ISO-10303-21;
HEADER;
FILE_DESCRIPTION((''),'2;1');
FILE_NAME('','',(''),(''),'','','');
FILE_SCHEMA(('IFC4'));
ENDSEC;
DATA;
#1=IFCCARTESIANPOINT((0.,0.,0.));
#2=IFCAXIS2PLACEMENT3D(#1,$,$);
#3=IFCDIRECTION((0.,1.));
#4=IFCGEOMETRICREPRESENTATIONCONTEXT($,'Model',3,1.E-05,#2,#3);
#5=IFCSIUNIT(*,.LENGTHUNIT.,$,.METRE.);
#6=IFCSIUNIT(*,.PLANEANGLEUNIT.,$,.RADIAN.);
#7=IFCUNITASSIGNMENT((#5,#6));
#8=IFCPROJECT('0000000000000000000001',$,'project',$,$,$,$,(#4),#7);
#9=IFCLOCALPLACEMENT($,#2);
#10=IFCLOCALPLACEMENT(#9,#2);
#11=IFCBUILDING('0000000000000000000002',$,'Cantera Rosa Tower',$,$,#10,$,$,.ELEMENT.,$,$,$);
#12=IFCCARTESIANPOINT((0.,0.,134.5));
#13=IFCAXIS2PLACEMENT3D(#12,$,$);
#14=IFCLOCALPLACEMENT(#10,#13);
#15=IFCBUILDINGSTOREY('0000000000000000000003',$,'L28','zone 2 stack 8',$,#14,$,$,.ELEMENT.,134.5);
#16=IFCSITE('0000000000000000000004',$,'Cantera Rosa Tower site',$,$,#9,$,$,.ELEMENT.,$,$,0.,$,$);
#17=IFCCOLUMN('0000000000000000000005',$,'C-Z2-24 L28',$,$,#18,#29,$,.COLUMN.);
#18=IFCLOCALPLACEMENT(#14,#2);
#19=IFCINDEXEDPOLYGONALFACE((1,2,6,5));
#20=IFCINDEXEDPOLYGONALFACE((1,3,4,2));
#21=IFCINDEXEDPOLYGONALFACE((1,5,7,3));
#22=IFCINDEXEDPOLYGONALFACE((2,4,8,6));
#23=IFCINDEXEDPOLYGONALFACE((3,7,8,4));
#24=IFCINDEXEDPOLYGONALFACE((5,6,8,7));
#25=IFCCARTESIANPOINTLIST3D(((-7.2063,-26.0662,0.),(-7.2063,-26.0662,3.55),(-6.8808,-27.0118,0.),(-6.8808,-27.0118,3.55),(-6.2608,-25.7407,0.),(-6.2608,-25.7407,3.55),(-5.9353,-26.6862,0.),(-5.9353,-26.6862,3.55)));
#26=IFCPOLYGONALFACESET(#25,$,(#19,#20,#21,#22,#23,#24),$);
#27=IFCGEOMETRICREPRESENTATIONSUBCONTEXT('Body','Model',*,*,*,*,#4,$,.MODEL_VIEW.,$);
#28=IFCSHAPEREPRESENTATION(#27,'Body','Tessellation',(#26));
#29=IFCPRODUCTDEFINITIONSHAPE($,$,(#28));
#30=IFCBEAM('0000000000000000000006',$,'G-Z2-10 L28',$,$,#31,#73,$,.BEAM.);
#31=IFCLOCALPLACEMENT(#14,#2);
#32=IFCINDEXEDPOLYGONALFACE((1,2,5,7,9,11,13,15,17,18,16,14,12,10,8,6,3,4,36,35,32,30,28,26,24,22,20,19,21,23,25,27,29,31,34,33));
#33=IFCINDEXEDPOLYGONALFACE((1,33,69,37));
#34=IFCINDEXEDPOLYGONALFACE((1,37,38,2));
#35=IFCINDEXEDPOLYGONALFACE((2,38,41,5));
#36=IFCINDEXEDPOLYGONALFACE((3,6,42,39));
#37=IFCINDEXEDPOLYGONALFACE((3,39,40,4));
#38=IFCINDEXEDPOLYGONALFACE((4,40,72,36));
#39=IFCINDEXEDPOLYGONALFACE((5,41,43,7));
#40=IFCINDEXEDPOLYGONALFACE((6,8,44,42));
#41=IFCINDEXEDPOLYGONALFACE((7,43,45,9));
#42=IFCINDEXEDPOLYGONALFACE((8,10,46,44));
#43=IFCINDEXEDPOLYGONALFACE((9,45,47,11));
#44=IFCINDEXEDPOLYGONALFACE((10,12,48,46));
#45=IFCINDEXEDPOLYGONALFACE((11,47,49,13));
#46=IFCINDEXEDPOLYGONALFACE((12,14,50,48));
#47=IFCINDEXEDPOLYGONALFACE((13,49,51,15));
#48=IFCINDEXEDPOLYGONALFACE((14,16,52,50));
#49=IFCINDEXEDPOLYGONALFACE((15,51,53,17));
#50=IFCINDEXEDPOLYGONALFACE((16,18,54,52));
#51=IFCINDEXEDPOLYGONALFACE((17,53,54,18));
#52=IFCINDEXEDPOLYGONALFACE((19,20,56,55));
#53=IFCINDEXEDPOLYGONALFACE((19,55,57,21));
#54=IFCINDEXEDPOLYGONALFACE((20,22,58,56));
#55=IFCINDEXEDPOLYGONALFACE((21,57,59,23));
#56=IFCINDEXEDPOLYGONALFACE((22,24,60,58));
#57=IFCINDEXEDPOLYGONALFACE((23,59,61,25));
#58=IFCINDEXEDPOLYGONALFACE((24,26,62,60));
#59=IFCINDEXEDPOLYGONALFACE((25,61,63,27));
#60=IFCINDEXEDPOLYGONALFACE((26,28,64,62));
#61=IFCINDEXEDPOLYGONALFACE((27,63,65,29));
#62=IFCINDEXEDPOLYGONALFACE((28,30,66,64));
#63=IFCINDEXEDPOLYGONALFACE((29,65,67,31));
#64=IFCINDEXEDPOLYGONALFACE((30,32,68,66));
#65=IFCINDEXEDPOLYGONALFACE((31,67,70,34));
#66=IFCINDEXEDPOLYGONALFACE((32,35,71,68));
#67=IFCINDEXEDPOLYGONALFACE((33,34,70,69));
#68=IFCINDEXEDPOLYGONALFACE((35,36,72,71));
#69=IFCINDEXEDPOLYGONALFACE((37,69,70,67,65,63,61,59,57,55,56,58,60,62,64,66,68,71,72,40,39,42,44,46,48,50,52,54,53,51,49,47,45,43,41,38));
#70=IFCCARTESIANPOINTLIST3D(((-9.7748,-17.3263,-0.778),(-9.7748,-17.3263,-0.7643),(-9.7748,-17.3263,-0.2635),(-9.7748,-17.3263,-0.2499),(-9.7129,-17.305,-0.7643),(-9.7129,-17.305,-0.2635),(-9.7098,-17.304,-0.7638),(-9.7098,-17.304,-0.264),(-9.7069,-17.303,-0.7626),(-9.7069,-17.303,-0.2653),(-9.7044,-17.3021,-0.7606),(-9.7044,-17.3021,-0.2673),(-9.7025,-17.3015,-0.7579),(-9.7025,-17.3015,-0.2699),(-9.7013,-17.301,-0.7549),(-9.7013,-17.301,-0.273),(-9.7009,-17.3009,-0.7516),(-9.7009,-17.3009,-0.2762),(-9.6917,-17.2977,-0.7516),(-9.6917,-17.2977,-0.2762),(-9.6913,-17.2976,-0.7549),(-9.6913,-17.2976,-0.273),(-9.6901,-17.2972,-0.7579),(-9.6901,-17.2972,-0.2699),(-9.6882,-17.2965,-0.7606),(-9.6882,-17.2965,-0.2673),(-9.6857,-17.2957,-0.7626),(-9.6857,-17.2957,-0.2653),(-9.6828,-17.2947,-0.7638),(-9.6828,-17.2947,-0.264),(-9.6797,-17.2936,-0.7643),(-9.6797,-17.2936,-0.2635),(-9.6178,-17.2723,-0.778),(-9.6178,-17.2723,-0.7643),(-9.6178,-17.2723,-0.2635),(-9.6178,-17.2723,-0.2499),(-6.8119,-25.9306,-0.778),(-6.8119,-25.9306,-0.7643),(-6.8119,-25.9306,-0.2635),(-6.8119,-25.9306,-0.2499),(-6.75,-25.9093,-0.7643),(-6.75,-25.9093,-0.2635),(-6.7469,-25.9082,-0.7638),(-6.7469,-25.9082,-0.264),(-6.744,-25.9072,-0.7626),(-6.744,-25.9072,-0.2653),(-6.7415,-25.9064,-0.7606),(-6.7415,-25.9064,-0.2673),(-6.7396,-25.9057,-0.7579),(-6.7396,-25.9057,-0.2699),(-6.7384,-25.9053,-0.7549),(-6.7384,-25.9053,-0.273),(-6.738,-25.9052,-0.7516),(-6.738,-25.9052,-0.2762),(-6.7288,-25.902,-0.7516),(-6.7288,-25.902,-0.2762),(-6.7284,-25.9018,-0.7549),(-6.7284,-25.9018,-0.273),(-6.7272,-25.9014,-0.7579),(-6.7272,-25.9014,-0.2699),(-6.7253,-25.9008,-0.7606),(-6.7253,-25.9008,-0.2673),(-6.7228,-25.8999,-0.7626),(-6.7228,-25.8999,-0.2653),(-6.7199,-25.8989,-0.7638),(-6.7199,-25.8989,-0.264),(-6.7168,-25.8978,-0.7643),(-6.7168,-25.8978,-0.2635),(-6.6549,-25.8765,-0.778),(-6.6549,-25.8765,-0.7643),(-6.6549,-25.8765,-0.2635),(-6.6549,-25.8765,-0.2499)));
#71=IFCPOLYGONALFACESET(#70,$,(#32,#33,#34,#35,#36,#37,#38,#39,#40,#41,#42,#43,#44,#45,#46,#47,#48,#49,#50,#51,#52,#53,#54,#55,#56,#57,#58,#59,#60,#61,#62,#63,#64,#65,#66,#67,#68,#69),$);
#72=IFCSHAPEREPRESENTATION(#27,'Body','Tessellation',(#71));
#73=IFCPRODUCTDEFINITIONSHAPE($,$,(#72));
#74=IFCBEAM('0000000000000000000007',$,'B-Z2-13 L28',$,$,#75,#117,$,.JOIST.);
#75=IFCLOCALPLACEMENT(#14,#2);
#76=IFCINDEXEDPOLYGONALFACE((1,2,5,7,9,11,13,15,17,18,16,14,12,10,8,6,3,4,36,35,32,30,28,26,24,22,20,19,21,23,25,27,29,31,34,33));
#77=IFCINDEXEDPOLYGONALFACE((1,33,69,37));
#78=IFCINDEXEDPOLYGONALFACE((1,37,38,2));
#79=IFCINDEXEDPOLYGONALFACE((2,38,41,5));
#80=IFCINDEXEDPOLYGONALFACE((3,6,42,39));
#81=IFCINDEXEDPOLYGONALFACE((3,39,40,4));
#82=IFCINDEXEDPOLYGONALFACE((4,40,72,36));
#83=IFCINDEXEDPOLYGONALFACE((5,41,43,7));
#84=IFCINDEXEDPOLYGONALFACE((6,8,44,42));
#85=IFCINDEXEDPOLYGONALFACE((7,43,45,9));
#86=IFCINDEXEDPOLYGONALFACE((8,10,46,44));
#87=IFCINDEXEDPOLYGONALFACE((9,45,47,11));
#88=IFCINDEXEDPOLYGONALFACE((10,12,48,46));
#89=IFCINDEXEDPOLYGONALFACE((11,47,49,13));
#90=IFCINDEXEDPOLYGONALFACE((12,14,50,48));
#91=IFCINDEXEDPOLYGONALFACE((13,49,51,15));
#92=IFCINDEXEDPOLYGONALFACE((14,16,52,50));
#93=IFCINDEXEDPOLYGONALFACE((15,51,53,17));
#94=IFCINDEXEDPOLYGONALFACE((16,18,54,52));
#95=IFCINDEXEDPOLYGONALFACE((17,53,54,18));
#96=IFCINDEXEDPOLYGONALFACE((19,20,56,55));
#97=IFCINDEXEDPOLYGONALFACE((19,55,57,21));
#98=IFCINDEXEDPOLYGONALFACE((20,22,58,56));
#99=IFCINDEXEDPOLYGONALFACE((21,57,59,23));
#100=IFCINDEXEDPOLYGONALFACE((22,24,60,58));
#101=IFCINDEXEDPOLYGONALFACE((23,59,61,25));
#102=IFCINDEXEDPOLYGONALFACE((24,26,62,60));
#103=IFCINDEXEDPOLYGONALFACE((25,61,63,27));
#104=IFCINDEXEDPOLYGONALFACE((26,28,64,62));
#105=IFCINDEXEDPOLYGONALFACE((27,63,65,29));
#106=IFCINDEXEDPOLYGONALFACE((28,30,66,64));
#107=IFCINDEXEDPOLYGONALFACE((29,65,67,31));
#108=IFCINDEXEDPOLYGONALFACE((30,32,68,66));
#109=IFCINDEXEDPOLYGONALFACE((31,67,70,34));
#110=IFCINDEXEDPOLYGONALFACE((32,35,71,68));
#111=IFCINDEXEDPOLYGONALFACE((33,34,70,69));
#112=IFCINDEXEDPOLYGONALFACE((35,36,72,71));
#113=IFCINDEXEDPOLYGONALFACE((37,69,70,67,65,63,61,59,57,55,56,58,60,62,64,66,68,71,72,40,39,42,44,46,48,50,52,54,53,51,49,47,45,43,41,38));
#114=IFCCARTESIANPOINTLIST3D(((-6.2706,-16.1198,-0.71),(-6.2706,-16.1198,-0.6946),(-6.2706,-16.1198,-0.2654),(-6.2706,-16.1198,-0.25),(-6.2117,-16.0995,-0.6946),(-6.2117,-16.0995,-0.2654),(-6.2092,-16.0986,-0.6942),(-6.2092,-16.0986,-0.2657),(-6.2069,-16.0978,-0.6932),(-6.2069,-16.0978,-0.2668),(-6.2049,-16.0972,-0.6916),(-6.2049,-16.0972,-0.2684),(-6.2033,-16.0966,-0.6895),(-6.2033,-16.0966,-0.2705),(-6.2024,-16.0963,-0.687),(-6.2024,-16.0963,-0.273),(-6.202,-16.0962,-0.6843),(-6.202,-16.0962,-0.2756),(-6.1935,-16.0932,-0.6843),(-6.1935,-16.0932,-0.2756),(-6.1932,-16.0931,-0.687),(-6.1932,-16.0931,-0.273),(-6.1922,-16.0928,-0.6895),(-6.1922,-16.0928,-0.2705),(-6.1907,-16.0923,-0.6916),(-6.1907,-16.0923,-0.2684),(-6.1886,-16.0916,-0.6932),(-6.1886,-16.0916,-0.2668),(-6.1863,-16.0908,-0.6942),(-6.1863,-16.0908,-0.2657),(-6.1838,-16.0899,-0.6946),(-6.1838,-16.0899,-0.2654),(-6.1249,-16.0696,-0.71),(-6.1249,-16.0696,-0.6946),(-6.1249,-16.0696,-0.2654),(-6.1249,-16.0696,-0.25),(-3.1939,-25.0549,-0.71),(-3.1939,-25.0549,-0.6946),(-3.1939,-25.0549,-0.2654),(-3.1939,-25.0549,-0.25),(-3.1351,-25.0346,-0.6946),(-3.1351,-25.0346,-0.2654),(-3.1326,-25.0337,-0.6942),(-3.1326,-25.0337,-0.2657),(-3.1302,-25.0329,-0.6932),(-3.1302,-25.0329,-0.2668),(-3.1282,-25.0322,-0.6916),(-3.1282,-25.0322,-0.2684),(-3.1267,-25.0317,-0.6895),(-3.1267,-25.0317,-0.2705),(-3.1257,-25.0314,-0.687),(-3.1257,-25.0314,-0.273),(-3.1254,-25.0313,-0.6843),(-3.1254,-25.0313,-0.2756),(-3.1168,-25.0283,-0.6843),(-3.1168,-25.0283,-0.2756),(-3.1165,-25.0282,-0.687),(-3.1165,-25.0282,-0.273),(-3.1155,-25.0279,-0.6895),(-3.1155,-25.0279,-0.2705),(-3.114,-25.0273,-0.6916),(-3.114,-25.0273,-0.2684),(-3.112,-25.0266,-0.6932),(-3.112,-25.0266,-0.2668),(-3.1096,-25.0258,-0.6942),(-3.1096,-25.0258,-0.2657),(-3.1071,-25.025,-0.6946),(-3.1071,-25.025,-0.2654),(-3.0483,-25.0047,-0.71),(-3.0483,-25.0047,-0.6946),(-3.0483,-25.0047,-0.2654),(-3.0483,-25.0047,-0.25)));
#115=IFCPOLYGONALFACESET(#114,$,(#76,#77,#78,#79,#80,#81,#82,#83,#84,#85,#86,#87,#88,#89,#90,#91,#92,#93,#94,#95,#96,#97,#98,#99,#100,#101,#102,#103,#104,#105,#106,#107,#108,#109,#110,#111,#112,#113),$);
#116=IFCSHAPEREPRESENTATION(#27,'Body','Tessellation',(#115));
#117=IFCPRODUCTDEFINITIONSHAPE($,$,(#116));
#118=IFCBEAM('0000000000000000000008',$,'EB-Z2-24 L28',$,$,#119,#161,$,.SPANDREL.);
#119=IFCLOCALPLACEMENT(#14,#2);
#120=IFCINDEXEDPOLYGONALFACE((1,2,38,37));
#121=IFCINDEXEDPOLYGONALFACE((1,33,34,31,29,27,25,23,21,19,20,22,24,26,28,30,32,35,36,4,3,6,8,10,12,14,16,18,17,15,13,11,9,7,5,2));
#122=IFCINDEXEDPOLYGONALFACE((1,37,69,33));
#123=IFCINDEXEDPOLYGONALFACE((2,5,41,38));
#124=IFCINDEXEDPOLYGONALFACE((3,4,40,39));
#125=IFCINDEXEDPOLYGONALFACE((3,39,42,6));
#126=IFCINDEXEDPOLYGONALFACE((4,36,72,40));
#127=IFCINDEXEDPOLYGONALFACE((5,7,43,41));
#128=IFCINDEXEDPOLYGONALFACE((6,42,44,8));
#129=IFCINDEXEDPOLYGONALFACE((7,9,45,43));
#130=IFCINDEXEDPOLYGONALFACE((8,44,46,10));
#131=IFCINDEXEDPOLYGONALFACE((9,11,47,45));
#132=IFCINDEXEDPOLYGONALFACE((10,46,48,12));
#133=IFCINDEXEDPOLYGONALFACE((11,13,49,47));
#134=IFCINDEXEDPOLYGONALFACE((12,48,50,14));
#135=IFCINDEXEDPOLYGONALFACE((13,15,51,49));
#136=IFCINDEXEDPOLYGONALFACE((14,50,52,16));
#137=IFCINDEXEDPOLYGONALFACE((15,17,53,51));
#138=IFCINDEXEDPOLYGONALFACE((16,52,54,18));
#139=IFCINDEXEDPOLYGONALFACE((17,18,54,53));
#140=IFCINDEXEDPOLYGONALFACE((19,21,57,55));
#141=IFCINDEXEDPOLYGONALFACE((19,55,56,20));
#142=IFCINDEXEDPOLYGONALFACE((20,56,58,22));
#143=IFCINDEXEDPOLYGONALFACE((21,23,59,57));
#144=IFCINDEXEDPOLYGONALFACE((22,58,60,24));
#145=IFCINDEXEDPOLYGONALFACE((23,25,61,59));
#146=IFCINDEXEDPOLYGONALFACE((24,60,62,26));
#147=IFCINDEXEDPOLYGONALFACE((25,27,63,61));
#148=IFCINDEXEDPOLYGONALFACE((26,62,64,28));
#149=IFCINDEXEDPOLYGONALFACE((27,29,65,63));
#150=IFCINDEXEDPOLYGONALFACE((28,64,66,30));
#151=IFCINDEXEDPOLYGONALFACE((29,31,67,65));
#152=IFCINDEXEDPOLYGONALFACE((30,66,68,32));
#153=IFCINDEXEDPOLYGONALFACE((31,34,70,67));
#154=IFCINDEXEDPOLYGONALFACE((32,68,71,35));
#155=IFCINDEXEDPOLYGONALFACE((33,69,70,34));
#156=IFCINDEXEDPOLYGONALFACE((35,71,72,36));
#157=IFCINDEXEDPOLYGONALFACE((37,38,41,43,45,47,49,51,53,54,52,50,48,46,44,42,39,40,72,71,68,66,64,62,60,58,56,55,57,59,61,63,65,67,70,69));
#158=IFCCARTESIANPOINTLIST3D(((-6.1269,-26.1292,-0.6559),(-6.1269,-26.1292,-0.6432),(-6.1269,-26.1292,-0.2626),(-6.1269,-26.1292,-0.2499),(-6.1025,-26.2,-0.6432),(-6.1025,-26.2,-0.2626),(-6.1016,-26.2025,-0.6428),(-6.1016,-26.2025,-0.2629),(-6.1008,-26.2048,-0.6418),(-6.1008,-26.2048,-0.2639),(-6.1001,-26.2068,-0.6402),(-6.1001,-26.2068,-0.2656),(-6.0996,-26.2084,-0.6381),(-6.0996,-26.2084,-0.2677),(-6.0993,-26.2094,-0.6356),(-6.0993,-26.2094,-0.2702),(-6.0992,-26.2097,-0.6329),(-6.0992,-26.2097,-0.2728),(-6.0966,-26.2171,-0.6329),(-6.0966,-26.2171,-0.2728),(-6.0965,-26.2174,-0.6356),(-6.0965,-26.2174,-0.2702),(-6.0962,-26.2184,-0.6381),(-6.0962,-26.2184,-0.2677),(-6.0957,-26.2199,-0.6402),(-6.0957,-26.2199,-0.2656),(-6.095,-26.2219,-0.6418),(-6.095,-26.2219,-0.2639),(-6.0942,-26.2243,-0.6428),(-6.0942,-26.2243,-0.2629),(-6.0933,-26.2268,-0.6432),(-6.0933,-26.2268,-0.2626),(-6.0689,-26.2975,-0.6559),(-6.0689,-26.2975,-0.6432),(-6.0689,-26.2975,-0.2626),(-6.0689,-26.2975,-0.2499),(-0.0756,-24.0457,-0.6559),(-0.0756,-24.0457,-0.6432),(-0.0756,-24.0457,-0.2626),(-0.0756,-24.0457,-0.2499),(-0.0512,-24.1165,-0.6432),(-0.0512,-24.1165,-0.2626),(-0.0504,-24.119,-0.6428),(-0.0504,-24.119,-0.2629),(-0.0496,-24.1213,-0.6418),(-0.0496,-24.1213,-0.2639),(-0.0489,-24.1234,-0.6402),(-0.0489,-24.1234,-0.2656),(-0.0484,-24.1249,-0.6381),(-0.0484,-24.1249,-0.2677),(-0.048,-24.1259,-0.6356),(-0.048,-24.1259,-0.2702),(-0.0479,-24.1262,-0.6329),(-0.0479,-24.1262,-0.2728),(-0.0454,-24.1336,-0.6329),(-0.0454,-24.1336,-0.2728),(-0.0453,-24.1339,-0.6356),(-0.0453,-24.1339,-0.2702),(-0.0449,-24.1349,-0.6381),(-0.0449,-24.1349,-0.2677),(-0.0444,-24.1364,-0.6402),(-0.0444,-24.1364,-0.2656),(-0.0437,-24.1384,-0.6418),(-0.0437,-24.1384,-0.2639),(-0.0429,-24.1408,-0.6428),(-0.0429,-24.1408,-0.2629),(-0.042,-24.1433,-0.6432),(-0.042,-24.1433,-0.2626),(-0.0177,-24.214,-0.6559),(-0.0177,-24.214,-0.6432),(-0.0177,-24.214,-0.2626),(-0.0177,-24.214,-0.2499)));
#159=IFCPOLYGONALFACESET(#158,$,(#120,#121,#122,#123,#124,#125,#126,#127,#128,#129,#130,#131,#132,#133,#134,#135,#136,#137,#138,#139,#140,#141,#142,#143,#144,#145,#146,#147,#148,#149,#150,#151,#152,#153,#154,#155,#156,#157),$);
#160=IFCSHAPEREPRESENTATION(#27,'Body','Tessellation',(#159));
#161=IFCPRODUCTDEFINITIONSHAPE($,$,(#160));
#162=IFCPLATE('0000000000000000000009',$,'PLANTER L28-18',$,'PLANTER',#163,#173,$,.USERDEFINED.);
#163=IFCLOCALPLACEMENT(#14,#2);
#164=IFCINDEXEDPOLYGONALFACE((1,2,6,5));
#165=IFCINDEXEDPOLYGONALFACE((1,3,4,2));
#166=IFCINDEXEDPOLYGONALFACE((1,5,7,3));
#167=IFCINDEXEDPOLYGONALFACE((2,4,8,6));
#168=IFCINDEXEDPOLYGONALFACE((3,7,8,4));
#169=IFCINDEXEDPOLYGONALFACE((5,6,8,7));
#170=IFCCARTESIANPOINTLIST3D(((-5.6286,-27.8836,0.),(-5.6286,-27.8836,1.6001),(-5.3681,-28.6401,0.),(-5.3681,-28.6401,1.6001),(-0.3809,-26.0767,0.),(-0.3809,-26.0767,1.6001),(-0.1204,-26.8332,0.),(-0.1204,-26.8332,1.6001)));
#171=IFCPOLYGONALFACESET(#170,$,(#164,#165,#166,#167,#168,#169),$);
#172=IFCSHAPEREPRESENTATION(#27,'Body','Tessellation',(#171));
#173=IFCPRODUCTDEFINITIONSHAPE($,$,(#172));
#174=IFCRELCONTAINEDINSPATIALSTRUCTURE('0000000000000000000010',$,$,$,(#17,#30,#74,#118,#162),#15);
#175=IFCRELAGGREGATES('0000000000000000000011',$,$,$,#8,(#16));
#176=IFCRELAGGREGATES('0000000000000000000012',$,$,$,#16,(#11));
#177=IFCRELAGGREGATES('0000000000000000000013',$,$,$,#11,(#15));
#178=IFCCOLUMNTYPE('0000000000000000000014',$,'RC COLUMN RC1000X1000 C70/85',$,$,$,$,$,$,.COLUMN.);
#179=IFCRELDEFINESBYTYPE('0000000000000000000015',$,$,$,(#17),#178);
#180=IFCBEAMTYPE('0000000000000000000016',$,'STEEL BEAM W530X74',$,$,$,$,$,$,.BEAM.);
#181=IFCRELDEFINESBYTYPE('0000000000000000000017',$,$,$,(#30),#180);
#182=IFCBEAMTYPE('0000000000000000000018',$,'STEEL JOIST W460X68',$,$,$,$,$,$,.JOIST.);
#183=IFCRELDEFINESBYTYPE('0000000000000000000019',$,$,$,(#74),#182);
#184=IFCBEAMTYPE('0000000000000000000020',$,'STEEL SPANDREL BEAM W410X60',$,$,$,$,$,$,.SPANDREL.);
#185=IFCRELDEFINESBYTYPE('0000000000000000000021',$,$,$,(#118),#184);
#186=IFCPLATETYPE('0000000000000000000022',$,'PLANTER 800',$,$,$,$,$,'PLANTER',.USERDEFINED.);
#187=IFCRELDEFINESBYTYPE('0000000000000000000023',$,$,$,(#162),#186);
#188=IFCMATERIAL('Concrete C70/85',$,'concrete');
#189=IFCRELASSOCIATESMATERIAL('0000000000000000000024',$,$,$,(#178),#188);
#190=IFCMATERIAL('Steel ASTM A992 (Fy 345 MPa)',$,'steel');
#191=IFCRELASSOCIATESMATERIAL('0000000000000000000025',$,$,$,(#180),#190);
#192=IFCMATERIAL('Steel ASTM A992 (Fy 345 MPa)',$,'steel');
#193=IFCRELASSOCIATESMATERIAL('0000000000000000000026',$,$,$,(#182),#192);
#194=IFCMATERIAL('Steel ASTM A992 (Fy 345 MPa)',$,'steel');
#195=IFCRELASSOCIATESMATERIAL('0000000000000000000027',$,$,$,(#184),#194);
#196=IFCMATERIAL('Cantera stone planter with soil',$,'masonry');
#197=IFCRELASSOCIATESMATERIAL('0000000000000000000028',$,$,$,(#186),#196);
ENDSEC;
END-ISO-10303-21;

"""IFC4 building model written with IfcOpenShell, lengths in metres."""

from ifc_helpers import new_model, si_unit, direction, frame, origin, origin_2d, place, context, subcontext, project, spatial, rectangle, i_section, extrude, material, material_profile, profile_set, type_object, element, save


model = new_model("IFC4")

# Units and contexts
model_context = context("Model", 3, precision=1e-05, world=origin(), true_north=direction((0.0, 1.0)))
body_context = subcontext(model_context, "Body", "Model", "MODEL_VIEW")
ifc_project = project(units=[si_unit("LENGTHUNIT", "METRE"), si_unit("PLANEANGLEUNIT", "RADIAN")], contexts=[model_context])

# Site, building, storey
site_placement = place(None, origin())
site = spatial("IfcSite", under=ifc_project, at=site_placement, Name="Cantera Rosa Tower site", CompositionType="ELEMENT", RefElevation=0.0)
building_placement = place(site_placement, origin())
building = spatial("IfcBuilding", under=site, at=building_placement, Name="Cantera Rosa Tower", CompositionType="ELEMENT")
storey_placement = place(building_placement, frame((0.0, 0.0, 134.5)))
storey = spatial("IfcBuildingStorey", under=building, at=storey_placement, Name="L28", Description="zone 2 stack 8", CompositionType="ELEMENT", Elevation=134.5)

# Column
ifc_material_1 = material(Name="Concrete C70/85", Category="concrete")
ifc_material_profile_1 = material_profile(ifc_material_1, rectangle(XDim=1.0, YDim=1.0, at=origin_2d()), Name="RC COLUMN RC1000X1000 C70/85")
ifc_profile_set_1 = profile_set([ifc_material_profile_1], Name="Concrete C70/85")
column_type = type_object("IfcColumnType", Name="RC COLUMN RC1000X1000 C70/85", PredefinedType="COLUMN", material=ifc_profile_set_1)
column_placement = place(storey_placement, frame((-6.5708, -26.3762, 0.0), z_axis=(0.0, 0.0, 1.0), x_axis=(0.945519, 0.325568, 0.0)))
element("IfcColumn", 1, at=column_placement, inside=storey, type_object=column_type, Name="C-Z2-24 L28", PredefinedType="COLUMN", context=body_context, shape_type="SweptSolid", body=[
    extrude(rectangle(XDim=1.0, YDim=1.0, at=origin_2d()), origin(), (0.0, 0.0, 1.0), 3.55),
])

# Beams
ifc_material_2 = material(Name="Steel ASTM A992 (Fy 345 MPa)", Category="steel")
ifc_material_profile_2 = material_profile(ifc_material_2, i_section(OverallWidth=0.166, OverallDepth=0.5281, WebThickness=0.0098, FlangeThickness=0.0137, FilletRadius=0.0127, at=origin_2d()), Name="W530X74")
ifc_profile_set_2 = profile_set([ifc_material_profile_2], Name="Steel ASTM A992 (Fy 345 MPa)")
beam_type_1 = type_object("IfcBeamType", Name="STEEL BEAM W530X74", PredefinedType="BEAM", material=ifc_profile_set_2)
beam_1_placement = place(storey_placement, frame((-6.7334, -25.9036, -0.5139), z_axis=(-0.325589, 0.945511, 0.0), x_axis=(-0.945511, -0.325589, 0.0)))
element("IfcBeam", 2, at=beam_1_placement, inside=storey, type_object=beam_type_1, Name="G-Z2-10 L28", PredefinedType="BEAM", context=body_context, shape_type="SweptSolid", body=[
    extrude(i_section(OverallWidth=0.166, OverallDepth=0.5281, WebThickness=0.0098, FlangeThickness=0.0137, FilletRadius=0.0127, at=origin_2d()), origin(), (0.0, 0.0, 1.0), 9.1001),
])
ifc_material_3 = material(Name="Steel ASTM A992 (Fy 345 MPa)", Category="steel")
ifc_material_profile_3 = material_profile(ifc_material_3, i_section(OverallWidth=0.1541, OverallDepth=0.46, WebThickness=0.009, FlangeThickness=0.0154, FilletRadius=0.0103, at=origin_2d()), Name="W460X68")
ifc_profile_set_3 = profile_set([ifc_material_profile_3], Name="Steel ASTM A992 (Fy 345 MPa)")
beam_type_2 = type_object("IfcBeamType", Name="STEEL JOIST W460X68", PredefinedType="JOIST", material=ifc_profile_set_3)
beam_2_placement = place(storey_placement, frame((-3.1211, -25.0298, -0.48), z_axis=(-0.325575, 0.945516, 0.0), x_axis=(-0.945516, -0.325575, 0.0)))
element("IfcBeam", 3, at=beam_2_placement, inside=storey, type_object=beam_type_2, Name="B-Z2-13 L28", PredefinedType="JOIST", context=body_context, shape_type="SweptSolid", body=[
    extrude(i_section(OverallWidth=0.1541, OverallDepth=0.46, WebThickness=0.009, FlangeThickness=0.0154, FilletRadius=0.0103, at=origin_2d()), origin(), (0.0, 0.0, 1.0), 9.45),
])
ifc_material_4 = material(Name="Steel ASTM A992 (Fy 345 MPa)", Category="steel")
ifc_material_profile_4 = material_profile(ifc_material_4, i_section(OverallWidth=0.178, OverallDepth=0.406, WebThickness=0.0078, FlangeThickness=0.0127, FilletRadius=0.0103, at=origin_2d()), Name="W410X60")
ifc_profile_set_4 = profile_set([ifc_material_profile_4], Name="Steel ASTM A992 (Fy 345 MPa)")
beam_type_3 = type_object("IfcBeamType", Name="STEEL SPANDREL BEAM W410X60", PredefinedType="SPANDREL", material=ifc_profile_set_4)
beam_3_placement = place(storey_placement, frame((-6.0979, -26.2134, -0.4529), z_axis=(0.945524, 0.325551, 0.0), x_axis=(-0.325551, 0.945524, 0.0)))
element("IfcBeam", 4, at=beam_3_placement, inside=storey, type_object=beam_type_3, Name="EB-Z2-24 L28", PredefinedType="SPANDREL", context=body_context, shape_type="SweptSolid", body=[
    extrude(i_section(OverallWidth=0.178, OverallDepth=0.406, WebThickness=0.0078, FlangeThickness=0.0127, FilletRadius=0.0103, at=origin_2d()), origin(), (0.0, 0.0, 1.0), 6.3999),
])

# Plate
ifc_material_5 = material(Name="Cantera stone planter with soil", Category="masonry")
plate_type = type_object("IfcPlateType", Name="PLANTER 800", ElementType="PLANTER", PredefinedType="USERDEFINED", material=ifc_material_5)
plate_placement = place(storey_placement, frame((-2.8745, -27.3584, 0.0), z_axis=(0.0, 0.0, 1.0), x_axis=(0.945519, 0.325568, 0.0)))
element("IfcPlate", 5, at=plate_placement, inside=storey, type_object=plate_type, Name="PLANTER L28-18", ObjectType="PLANTER", PredefinedType="USERDEFINED", context=body_context, shape_type="SweptSolid", body=[
    extrude(rectangle(XDim=5.55, YDim=0.8, at=origin_2d()), origin(), (0.0, 0.0, 1.0), 1.6001),
])

save(model, "model.ifc")
